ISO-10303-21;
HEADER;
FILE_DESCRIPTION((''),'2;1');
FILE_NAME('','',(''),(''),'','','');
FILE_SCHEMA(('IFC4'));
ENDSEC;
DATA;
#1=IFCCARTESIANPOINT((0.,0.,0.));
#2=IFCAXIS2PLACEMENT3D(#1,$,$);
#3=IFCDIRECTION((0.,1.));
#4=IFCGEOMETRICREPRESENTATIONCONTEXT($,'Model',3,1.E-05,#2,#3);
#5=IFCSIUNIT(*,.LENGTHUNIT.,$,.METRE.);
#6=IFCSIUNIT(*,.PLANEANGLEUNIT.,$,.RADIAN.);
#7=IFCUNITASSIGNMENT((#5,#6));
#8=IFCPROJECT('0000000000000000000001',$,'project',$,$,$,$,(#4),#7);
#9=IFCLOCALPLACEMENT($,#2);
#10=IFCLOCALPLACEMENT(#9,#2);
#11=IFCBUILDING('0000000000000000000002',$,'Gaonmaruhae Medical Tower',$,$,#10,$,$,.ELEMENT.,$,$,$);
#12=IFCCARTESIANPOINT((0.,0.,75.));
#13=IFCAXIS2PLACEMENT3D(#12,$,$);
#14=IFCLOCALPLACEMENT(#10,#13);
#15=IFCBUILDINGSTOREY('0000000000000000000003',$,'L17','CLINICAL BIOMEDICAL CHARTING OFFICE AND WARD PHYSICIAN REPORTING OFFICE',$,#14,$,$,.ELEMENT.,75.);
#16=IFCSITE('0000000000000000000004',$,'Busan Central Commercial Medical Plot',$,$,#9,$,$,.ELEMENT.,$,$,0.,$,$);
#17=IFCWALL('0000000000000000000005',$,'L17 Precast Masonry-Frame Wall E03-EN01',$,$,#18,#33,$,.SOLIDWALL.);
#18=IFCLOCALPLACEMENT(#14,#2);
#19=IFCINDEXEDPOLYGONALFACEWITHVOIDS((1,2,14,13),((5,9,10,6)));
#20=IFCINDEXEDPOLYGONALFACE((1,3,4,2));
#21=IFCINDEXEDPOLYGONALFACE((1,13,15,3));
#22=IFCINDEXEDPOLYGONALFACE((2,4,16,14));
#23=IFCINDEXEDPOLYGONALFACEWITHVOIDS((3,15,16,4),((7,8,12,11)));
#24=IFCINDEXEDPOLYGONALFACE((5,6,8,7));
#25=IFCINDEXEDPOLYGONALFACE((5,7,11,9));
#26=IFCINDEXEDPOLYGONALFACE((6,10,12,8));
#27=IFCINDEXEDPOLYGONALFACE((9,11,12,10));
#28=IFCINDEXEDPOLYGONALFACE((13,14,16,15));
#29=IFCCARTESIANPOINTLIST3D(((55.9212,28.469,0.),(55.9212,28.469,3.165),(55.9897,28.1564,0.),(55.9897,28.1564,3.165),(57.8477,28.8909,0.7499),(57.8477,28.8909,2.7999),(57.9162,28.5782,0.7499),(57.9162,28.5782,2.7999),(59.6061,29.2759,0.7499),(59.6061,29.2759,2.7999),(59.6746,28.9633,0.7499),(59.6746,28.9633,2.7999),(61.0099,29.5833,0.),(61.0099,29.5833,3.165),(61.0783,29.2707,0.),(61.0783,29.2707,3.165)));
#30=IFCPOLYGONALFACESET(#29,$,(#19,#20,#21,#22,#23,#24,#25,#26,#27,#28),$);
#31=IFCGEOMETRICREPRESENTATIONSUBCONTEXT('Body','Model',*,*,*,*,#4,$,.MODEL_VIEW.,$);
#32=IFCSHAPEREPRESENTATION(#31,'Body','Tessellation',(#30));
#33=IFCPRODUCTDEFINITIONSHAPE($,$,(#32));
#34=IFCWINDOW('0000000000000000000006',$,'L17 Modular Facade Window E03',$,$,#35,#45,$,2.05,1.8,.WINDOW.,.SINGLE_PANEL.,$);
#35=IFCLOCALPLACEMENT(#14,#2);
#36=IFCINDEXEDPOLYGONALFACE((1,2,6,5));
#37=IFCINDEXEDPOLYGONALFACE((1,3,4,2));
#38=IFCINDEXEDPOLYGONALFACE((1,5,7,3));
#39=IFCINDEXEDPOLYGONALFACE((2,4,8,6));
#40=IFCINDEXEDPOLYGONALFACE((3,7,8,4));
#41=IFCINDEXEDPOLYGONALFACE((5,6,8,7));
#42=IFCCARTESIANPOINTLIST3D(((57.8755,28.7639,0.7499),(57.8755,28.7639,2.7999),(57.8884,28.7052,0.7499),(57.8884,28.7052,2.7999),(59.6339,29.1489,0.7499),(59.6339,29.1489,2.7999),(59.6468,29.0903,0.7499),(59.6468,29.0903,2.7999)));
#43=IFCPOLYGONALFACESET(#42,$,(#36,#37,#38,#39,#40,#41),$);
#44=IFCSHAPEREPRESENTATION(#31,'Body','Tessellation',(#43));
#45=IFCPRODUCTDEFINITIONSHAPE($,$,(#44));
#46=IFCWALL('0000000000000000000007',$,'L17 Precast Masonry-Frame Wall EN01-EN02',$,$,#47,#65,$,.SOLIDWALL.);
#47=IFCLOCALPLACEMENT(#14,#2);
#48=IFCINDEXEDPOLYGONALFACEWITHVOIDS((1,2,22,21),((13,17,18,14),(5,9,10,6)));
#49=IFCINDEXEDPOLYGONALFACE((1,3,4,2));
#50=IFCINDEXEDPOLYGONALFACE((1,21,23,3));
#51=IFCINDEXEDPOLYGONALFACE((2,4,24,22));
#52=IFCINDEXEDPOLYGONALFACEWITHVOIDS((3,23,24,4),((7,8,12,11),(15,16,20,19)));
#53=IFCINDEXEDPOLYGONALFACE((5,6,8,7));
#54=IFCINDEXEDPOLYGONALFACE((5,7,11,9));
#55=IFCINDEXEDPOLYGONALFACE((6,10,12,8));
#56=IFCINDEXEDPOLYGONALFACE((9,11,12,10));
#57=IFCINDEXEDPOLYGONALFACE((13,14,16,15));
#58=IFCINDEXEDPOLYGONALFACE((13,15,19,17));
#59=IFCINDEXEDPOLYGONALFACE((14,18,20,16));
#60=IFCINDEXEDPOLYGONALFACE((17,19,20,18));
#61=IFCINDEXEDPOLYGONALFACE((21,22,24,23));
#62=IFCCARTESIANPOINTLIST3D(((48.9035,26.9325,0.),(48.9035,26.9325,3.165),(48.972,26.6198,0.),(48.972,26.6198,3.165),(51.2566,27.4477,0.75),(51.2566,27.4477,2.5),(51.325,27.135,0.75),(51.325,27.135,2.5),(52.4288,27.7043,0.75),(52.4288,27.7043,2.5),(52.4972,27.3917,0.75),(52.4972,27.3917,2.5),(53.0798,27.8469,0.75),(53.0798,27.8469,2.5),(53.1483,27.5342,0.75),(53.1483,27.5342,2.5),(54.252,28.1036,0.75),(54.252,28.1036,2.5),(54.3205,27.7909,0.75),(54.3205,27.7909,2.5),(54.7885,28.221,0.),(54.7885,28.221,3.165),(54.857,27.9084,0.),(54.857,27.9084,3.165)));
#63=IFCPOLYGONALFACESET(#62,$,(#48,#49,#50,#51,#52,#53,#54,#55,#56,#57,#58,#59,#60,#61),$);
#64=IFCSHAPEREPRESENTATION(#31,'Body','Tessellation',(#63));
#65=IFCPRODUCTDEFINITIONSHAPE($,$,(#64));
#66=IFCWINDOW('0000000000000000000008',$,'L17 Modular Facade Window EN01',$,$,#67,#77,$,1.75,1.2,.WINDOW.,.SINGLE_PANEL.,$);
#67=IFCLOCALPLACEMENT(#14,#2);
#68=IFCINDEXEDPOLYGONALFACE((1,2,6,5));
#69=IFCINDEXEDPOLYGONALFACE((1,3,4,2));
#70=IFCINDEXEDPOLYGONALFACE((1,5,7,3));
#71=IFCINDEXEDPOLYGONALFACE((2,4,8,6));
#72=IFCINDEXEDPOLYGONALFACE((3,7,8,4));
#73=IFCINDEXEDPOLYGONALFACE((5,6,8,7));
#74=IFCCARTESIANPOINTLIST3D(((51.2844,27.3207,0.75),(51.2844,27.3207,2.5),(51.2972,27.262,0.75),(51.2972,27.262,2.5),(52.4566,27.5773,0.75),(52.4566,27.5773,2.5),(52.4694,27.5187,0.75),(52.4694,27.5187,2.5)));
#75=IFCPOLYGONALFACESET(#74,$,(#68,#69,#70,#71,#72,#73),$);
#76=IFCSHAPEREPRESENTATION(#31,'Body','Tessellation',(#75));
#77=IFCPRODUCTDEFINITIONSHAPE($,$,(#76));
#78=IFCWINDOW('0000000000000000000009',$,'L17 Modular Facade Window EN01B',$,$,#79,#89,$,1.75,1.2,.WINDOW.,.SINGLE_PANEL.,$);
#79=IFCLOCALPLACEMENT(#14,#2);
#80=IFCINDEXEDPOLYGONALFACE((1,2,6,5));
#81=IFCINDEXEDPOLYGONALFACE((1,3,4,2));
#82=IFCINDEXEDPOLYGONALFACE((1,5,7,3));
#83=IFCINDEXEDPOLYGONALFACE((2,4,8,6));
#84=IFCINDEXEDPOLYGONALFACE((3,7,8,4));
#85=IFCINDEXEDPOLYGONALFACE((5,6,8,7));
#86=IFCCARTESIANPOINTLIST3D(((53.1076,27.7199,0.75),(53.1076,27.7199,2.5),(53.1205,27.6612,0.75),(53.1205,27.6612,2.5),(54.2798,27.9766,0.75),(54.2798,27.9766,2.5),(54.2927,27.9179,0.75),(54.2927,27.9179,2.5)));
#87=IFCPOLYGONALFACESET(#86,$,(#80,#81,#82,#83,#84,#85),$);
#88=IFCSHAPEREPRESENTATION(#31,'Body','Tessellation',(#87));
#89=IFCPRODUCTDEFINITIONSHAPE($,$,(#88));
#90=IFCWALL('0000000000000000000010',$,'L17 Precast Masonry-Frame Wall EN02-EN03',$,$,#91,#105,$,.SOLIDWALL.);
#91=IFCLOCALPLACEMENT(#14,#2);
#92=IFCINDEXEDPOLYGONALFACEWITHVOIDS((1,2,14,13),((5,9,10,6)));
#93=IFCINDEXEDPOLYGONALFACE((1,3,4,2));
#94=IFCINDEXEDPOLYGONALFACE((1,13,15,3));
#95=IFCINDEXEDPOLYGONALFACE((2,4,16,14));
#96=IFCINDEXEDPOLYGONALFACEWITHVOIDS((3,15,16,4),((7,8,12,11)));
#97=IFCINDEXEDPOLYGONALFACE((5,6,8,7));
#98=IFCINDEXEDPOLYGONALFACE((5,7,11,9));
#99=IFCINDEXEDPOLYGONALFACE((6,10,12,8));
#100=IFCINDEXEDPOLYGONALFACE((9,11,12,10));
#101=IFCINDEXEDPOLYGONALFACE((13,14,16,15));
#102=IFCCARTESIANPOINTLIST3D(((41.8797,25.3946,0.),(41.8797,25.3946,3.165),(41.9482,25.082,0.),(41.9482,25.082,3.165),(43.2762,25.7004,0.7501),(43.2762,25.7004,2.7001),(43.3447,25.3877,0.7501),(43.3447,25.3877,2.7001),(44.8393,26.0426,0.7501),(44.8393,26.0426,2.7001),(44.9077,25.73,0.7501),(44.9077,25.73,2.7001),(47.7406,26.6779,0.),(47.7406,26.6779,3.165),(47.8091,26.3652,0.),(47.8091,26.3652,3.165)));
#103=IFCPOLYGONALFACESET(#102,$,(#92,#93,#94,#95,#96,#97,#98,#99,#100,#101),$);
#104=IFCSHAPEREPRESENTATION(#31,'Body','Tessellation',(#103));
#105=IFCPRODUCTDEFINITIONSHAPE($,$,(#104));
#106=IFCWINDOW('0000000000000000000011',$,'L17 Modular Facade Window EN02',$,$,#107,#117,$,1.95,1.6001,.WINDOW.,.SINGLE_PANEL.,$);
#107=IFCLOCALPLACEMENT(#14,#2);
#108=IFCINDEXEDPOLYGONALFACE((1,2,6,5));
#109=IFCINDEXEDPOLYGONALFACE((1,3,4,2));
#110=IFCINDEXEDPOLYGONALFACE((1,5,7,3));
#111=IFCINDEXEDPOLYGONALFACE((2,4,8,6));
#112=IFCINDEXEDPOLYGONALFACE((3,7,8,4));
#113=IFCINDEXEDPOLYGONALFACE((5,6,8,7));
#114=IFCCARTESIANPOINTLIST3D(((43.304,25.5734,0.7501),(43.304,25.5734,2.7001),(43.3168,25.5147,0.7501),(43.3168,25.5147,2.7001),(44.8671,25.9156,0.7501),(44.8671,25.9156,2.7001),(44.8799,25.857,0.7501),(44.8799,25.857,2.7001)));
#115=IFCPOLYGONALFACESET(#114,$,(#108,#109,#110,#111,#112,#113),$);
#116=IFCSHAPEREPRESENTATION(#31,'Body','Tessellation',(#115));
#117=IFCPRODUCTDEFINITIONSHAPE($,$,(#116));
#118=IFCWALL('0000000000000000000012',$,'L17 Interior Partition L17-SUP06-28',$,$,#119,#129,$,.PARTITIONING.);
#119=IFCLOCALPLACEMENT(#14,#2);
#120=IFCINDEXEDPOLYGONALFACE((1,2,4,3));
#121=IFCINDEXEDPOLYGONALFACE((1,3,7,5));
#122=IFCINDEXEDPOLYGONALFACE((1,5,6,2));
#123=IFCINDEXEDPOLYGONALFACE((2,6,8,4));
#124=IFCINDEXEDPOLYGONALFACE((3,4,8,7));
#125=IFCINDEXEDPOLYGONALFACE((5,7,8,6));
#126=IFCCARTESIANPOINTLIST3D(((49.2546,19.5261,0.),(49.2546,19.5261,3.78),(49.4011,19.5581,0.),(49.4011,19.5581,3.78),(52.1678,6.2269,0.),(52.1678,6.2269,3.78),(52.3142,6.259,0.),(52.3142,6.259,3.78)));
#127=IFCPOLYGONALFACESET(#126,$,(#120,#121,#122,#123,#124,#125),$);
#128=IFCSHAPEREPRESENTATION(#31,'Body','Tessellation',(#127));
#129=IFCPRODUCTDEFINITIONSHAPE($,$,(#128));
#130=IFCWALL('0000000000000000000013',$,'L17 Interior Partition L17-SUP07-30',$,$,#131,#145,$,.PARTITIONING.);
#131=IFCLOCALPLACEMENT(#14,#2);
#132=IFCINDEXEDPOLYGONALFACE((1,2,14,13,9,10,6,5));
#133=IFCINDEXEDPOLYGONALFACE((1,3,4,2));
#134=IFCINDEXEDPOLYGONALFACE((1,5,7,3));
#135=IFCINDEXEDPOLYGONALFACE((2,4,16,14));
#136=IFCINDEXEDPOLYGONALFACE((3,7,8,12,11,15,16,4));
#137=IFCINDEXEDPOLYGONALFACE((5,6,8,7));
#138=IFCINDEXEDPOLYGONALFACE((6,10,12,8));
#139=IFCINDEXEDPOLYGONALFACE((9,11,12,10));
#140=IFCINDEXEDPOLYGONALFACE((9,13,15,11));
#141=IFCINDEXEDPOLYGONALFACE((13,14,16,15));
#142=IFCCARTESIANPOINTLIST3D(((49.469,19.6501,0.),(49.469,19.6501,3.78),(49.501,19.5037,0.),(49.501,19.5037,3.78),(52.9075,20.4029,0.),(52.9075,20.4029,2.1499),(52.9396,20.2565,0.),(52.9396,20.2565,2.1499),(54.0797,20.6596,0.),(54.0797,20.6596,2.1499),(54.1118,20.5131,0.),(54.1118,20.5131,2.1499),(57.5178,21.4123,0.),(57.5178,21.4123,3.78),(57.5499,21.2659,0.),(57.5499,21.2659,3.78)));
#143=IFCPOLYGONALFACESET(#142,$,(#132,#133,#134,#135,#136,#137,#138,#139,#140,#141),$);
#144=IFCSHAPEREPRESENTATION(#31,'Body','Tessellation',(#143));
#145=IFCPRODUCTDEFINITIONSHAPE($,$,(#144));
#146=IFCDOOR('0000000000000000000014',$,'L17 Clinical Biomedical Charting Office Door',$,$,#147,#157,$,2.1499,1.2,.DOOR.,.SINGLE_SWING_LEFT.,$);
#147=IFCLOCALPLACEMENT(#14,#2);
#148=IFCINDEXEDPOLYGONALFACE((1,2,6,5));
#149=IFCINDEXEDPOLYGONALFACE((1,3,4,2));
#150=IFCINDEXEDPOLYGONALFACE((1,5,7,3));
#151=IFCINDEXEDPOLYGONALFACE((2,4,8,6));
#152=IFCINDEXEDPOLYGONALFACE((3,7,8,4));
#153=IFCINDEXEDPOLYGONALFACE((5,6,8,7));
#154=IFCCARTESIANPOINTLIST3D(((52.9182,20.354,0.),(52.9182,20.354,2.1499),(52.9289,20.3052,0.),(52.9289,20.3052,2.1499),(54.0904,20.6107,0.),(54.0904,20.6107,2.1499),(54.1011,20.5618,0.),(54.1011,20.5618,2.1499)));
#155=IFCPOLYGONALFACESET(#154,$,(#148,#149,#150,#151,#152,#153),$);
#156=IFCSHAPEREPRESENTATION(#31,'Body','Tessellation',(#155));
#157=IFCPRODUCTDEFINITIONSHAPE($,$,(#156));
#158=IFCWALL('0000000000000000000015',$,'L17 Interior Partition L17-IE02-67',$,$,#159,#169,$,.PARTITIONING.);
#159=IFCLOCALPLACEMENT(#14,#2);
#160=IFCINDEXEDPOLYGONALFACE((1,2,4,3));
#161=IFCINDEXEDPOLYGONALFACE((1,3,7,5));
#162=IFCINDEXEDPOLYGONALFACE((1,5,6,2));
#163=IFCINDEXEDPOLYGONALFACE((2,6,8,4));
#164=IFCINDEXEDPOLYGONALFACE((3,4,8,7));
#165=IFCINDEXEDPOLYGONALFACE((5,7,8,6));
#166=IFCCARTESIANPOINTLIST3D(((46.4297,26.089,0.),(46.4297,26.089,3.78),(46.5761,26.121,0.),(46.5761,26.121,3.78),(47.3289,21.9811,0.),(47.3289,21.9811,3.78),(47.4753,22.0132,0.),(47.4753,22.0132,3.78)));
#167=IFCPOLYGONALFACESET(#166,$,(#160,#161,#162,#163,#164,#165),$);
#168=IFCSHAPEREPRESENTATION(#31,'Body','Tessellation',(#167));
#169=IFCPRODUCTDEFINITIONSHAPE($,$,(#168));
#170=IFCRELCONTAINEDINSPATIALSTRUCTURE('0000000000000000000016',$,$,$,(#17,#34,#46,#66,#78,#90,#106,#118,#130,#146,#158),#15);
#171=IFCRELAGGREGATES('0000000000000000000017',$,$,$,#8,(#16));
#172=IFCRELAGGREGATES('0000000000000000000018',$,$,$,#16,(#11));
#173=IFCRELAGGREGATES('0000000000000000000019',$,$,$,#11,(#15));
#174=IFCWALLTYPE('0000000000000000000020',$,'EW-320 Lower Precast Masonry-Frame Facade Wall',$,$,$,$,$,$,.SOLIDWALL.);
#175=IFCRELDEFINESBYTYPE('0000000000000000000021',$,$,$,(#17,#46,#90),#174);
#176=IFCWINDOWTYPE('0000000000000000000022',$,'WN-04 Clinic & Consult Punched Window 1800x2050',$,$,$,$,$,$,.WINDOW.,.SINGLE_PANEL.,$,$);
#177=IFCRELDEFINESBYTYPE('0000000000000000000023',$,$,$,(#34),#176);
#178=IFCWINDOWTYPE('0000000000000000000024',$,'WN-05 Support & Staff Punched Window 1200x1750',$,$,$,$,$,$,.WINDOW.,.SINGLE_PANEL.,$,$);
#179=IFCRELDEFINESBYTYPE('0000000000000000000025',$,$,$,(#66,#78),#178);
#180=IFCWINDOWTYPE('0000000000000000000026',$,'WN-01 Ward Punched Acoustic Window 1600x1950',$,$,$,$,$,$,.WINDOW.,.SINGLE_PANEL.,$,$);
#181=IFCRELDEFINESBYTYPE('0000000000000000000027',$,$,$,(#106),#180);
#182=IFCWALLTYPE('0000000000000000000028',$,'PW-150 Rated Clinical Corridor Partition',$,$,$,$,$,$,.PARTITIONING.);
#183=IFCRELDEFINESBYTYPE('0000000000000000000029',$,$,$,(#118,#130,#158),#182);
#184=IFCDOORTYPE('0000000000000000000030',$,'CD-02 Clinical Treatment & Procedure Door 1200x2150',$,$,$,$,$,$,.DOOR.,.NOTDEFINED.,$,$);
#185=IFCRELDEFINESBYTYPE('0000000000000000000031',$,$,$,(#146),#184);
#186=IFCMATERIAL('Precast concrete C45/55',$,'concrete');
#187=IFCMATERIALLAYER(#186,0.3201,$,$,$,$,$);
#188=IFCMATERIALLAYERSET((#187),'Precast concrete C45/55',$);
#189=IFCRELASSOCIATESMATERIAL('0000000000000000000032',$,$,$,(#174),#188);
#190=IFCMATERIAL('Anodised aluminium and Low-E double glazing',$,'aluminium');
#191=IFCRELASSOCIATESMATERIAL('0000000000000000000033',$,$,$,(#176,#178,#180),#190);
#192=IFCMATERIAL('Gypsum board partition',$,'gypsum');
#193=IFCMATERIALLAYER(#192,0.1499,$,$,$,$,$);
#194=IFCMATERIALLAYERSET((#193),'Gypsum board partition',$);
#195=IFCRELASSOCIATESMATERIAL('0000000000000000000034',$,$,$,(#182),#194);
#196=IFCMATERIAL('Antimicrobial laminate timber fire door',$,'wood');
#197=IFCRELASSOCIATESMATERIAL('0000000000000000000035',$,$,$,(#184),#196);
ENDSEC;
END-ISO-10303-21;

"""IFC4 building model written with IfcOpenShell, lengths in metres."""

from ifc_helpers import new_model, si_unit, direction, frame, frame_2d, origin, place, context, subcontext, project, spatial, rectangle, extrude, material, layer, layer_set, type_object, element, fill, save


model = new_model("IFC4")

# Units and contexts
model_context = context("Model", 3, precision=1e-05, world=origin(), true_north=direction((0.0, 1.0)))
body_context = subcontext(model_context, "Body", "Model", "MODEL_VIEW")
ifc_project = project(units=[si_unit("LENGTHUNIT", "METRE"), si_unit("PLANEANGLEUNIT", "RADIAN")], contexts=[model_context])

# Site, building, storey
site_placement = place(None, origin())
site = spatial("IfcSite", under=ifc_project, at=site_placement, Name="Busan Central Commercial Medical Plot", CompositionType="ELEMENT", RefElevation=0.0)
building_placement = place(site_placement, origin())
building = spatial("IfcBuilding", under=site, at=building_placement, Name="Gaonmaruhae Medical Tower", CompositionType="ELEMENT")
storey_placement = place(building_placement, frame((0.0, 0.0, 75.0)))
storey = spatial("IfcBuildingStorey", under=building, at=storey_placement, Name="L17", Description="CLINICAL BIOMEDICAL CHARTING OFFICE AND WARD PHYSICIAN REPORTING OFFICE", CompositionType="ELEMENT", Elevation=75.0)

# Wall, opening, window
ifc_material_1 = material(Name="Precast concrete C45/55", Category="concrete")
ifc_layer_1 = layer(ifc_material_1, 0.3201)
ifc_layer_set_1 = layer_set([ifc_layer_1], Name="Precast concrete C45/55")
wall_type_1 = type_object("IfcWallType", Name="EW-320 Lower Precast Masonry-Frame Facade Wall", PredefinedType="SOLIDWALL", material=ifc_layer_set_1)
wall_1_placement = place(storey_placement, frame((55.9556, 28.3127, 0.0), z_axis=(0.0, 0.0, 1.0), x_axis=(0.976855, 0.213902, 0.0)))
wall_1 = element("IfcWall", 1, at=wall_1_placement, inside=storey, type_object=wall_type_1, Name="L17 Precast Masonry-Frame Wall E03-EN01", PredefinedType="SOLIDWALL", context=body_context, shape_type="SweptSolid", body=[
    extrude(rectangle(XDim=5.2092, YDim=0.3201, at=frame_2d((2.6045, 0.0))), origin(), (0.0, 0.0, 1.0), 3.165),
])
opening_1_placement = place(wall_1_placement, frame((1.9722, 0.0, 0.75)))
opening_1 = element("IfcOpeningElement", 2, at=opening_1_placement, cuts=wall_1, PredefinedType="OPENING", context=body_context, shape_type="SweptSolid", body=[
    extrude(rectangle(XDim=1.8, YDim=2.05, at=frame_2d((0.8999, 1.0249))), frame((0.0, 0.1699, 0.0), z_axis=(0.0, -1.0, 0.0), x_axis=(1.0, 0.0, 0.0)), (0.0, 0.0, 1.0), 0.3401),
])
ifc_material_2 = material(Name="Anodised aluminium and Low-E double glazing", Category="aluminium")
window_type_1 = type_object("IfcWindowType", Name="WN-04 Clinic & Consult Punched Window 1800x2050", PartitioningType="SINGLE_PANEL", PredefinedType="WINDOW", material=ifc_material_2)
window_1_placement = place(opening_1_placement, origin())
window_1 = element("IfcWindow", 3, at=window_1_placement, inside=storey, type_object=window_type_1, Name="L17 Modular Facade Window E03", OverallHeight=2.05, OverallWidth=1.8, PartitioningType="SINGLE_PANEL", PredefinedType="WINDOW", context=body_context, shape_type="SweptSolid", body=[
    extrude(rectangle(XDim=1.8, YDim=2.05, at=frame_2d((0.8999, 1.0249))), frame((0.0, 0.03, 0.0), z_axis=(0.0, -1.0, 0.0), x_axis=(1.0, 0.0, 0.0)), (0.0, 0.0, 1.0), 0.0601),
])
fill(opening_1, window_1)

# Wall, openings, windows
wall_2_placement = place(storey_placement, frame((48.9377, 26.7761, 0.0), z_axis=(0.0, 0.0, 1.0), x_axis=(0.976857, 0.213891, 0.0)))
wall_2 = element("IfcWall", 4, at=wall_2_placement, inside=storey, type_object=wall_type_1, Name="L17 Precast Masonry-Frame Wall EN01-EN02", PredefinedType="SOLIDWALL", context=body_context, shape_type="SweptSolid", body=[
    extrude(rectangle(XDim=6.0244, YDim=0.3201, at=frame_2d((3.0122, 0.0))), origin(), (0.0, 0.0, 1.0), 3.165),
])
opening_2_placement = place(wall_2_placement, frame((2.4087, 0.0, 0.75)))
opening_2 = element("IfcOpeningElement", 5, at=opening_2_placement, cuts=wall_2, PredefinedType="OPENING", context=body_context, shape_type="SweptSolid", body=[
    extrude(rectangle(XDim=1.2, YDim=1.75, at=frame_2d((0.6001, 0.875))), frame((0.0, 0.1699, 0.0), z_axis=(0.0, -1.0, 0.0), x_axis=(1.0, 0.0, 0.0)), (0.0, 0.0, 1.0), 0.3401),
])
opening_3_placement = place(wall_2_placement, frame((4.2751, 0.0, 0.75)))
opening_3 = element("IfcOpeningElement", 6, at=opening_3_placement, cuts=wall_2, PredefinedType="OPENING", context=body_context, shape_type="SweptSolid", body=[
    extrude(rectangle(XDim=1.2, YDim=1.75, at=frame_2d((0.6001, 0.875))), frame((0.0, 0.1699, 0.0), z_axis=(0.0, -1.0, 0.0), x_axis=(1.0, 0.0, 0.0)), (0.0, 0.0, 1.0), 0.3401),
])
window_type_2 = type_object("IfcWindowType", Name="WN-05 Support & Staff Punched Window 1200x1750", PartitioningType="SINGLE_PANEL", PredefinedType="WINDOW", material=ifc_material_2)
window_2_placement = place(opening_2_placement, origin())
window_2 = element("IfcWindow", 7, at=window_2_placement, inside=storey, type_object=window_type_2, Name="L17 Modular Facade Window EN01", OverallHeight=1.75, OverallWidth=1.2, PartitioningType="SINGLE_PANEL", PredefinedType="WINDOW", context=body_context, shape_type="SweptSolid", body=[
    extrude(rectangle(XDim=1.2, YDim=1.75, at=frame_2d((0.6001, 0.875))), frame((0.0, 0.03, 0.0), z_axis=(0.0, -1.0, 0.0), x_axis=(1.0, 0.0, 0.0)), (0.0, 0.0, 1.0), 0.0601),
])
fill(opening_2, window_2)
window_3_placement = place(opening_3_placement, origin())
window_3 = element("IfcWindow", 8, at=window_3_placement, inside=storey, type_object=window_type_2, Name="L17 Modular Facade Window EN01B", OverallHeight=1.75, OverallWidth=1.2, PartitioningType="SINGLE_PANEL", PredefinedType="WINDOW", context=body_context, shape_type="SweptSolid", body=[
    extrude(rectangle(XDim=1.2, YDim=1.75, at=frame_2d((0.6001, 0.875))), frame((0.0, 0.03, 0.0), z_axis=(0.0, -1.0, 0.0), x_axis=(1.0, 0.0, 0.0)), (0.0, 0.0, 1.0), 0.0601),
])
fill(opening_3, window_3)

# Wall, opening, window
wall_3_placement = place(storey_placement, frame((41.9138, 25.2383, 0.0), z_axis=(0.0, 0.0, 1.0), x_axis=(0.97686, 0.213879, 0.0)))
wall_3 = element("IfcWall", 9, at=wall_3_placement, inside=storey, type_object=wall_type_1, Name="L17 Precast Masonry-Frame Wall EN02-EN03", PredefinedType="SOLIDWALL", context=body_context, shape_type="SweptSolid", body=[
    extrude(rectangle(XDim=5.9998, YDim=0.3201, at=frame_2d((3.0, 0.0))), origin(), (0.0, 0.0, 1.0), 3.165),
])
opening_4_placement = place(wall_3_placement, frame((1.4297, 0.0, 0.75)))
opening_4 = element("IfcOpeningElement", 10, at=opening_4_placement, cuts=wall_3, PredefinedType="OPENING", context=body_context, shape_type="SweptSolid", body=[
    extrude(rectangle(XDim=1.6001, YDim=1.95, at=frame_2d((0.8, 0.9751))), frame((0.0, 0.1699, 0.0), z_axis=(0.0, -1.0, 0.0), x_axis=(1.0, 0.0, 0.0)), (0.0, 0.0, 1.0), 0.3401),
])
window_type_3 = type_object("IfcWindowType", Name="WN-01 Ward Punched Acoustic Window 1600x1950", PartitioningType="SINGLE_PANEL", PredefinedType="WINDOW", material=ifc_material_2)
window_4_placement = place(opening_4_placement, origin())
window_4 = element("IfcWindow", 11, at=window_4_placement, inside=storey, type_object=window_type_3, Name="L17 Modular Facade Window EN02", OverallHeight=1.95, OverallWidth=1.6001, PartitioningType="SINGLE_PANEL", PredefinedType="WINDOW", context=body_context, shape_type="SweptSolid", body=[
    extrude(rectangle(XDim=1.6001, YDim=1.95, at=frame_2d((0.8, 0.9751))), frame((0.0, 0.03, 0.0), z_axis=(0.0, -1.0, 0.0), x_axis=(1.0, 0.0, 0.0)), (0.0, 0.0, 1.0), 0.0601),
])
fill(opening_4, window_4)

# Wall
ifc_material_3 = material(Name="Gypsum board partition", Category="gypsum")
ifc_layer_2 = layer(ifc_material_3, 0.1499)
ifc_layer_set_2 = layer_set([ifc_layer_2], Name="Gypsum board partition")
wall_type_2 = type_object("IfcWallType", Name="PW-150 Rated Clinical Corridor Partition", PredefinedType="PARTITIONING", material=ifc_layer_set_2)
wall_4_placement = place(storey_placement, frame((49.3279, 19.542, 0.0), z_axis=(0.0, 0.0, 1.0), x_axis=(0.213971, -0.97684, 0.0)))
element("IfcWall", 12, at=wall_4_placement, inside=storey, type_object=wall_type_2, Name="L17 Interior Partition L17-SUP06-28", PredefinedType="PARTITIONING", context=body_context, shape_type="SweptSolid", body=[
    extrude(rectangle(XDim=13.6145, YDim=0.1499, at=frame_2d((6.8071, 0.0))), origin(), (0.0, 0.0, 1.0), 3.78),
])

# Wall, opening, door
wall_5_placement = place(storey_placement, frame((49.4851, 19.5769, 0.0), z_axis=(0.0, 0.0, 1.0), x_axis=(0.976861, 0.213874, 0.0)))
wall_5 = element("IfcWall", 13, at=wall_5_placement, inside=storey, type_object=wall_type_2, Name="L17 Interior Partition L17-SUP07-30", PredefinedType="PARTITIONING", context=body_context, shape_type="SweptSolid", body=[
    extrude(rectangle(XDim=8.2395, YDim=0.1499, at=frame_2d((4.1196, 0.0))), origin(), (0.0, 0.0, 1.0), 3.78),
])
opening_5_placement = place(wall_5_placement, frame((3.5198, 0.0, 0.0)))
opening_5 = element("IfcOpeningElement", 14, at=opening_5_placement, cuts=wall_5, PredefinedType="OPENING", context=body_context, shape_type="SweptSolid", body=[
    extrude(rectangle(XDim=1.2, YDim=2.1499, at=frame_2d((0.6001, 1.075))), frame((0.0, 0.085, 0.0), z_axis=(0.0, -1.0, 0.0), x_axis=(1.0, 0.0, 0.0)), (0.0, 0.0, 1.0), 0.1699),
])
ifc_material_4 = material(Name="Antimicrobial laminate timber fire door", Category="wood")
door_type = type_object("IfcDoorType", Name="CD-02 Clinical Treatment & Procedure Door 1200x2150", OperationType="NOTDEFINED", PredefinedType="DOOR", material=ifc_material_4)
door_1_placement = place(opening_5_placement, origin())
door_1 = element("IfcDoor", 15, at=door_1_placement, inside=storey, type_object=door_type, Name="L17 Clinical Biomedical Charting Office Door", OperationType="SINGLE_SWING_LEFT", OverallHeight=2.1499, OverallWidth=1.2, PredefinedType="DOOR", context=body_context, shape_type="SweptSolid", body=[
    extrude(rectangle(XDim=1.2, YDim=2.1499, at=frame_2d((0.6001, 1.075))), frame((0.0, 0.0249, 0.0), z_axis=(0.0, -1.0, 0.0), x_axis=(1.0, 0.0, 0.0)), (0.0, 0.0, 1.0), 0.05),
])
fill(opening_5, door_1)

# Wall
wall_6_placement = place(storey_placement, frame((46.5029, 26.105, 0.0), z_axis=(0.0, 0.0, 1.0), x_axis=(0.213825, -0.976872, 0.0)))
element("IfcWall", 16, at=wall_6_placement, inside=storey, type_object=wall_type_2, Name="L17 Interior Partition L17-IE02-67", PredefinedType="PARTITIONING", context=body_context, shape_type="SweptSolid", body=[
    extrude(rectangle(XDim=4.2051, YDim=0.1499, at=frame_2d((2.1025, 0.0))), origin(), (0.0, 0.0, 1.0), 3.78),
])

save(model, "model.ifc")
